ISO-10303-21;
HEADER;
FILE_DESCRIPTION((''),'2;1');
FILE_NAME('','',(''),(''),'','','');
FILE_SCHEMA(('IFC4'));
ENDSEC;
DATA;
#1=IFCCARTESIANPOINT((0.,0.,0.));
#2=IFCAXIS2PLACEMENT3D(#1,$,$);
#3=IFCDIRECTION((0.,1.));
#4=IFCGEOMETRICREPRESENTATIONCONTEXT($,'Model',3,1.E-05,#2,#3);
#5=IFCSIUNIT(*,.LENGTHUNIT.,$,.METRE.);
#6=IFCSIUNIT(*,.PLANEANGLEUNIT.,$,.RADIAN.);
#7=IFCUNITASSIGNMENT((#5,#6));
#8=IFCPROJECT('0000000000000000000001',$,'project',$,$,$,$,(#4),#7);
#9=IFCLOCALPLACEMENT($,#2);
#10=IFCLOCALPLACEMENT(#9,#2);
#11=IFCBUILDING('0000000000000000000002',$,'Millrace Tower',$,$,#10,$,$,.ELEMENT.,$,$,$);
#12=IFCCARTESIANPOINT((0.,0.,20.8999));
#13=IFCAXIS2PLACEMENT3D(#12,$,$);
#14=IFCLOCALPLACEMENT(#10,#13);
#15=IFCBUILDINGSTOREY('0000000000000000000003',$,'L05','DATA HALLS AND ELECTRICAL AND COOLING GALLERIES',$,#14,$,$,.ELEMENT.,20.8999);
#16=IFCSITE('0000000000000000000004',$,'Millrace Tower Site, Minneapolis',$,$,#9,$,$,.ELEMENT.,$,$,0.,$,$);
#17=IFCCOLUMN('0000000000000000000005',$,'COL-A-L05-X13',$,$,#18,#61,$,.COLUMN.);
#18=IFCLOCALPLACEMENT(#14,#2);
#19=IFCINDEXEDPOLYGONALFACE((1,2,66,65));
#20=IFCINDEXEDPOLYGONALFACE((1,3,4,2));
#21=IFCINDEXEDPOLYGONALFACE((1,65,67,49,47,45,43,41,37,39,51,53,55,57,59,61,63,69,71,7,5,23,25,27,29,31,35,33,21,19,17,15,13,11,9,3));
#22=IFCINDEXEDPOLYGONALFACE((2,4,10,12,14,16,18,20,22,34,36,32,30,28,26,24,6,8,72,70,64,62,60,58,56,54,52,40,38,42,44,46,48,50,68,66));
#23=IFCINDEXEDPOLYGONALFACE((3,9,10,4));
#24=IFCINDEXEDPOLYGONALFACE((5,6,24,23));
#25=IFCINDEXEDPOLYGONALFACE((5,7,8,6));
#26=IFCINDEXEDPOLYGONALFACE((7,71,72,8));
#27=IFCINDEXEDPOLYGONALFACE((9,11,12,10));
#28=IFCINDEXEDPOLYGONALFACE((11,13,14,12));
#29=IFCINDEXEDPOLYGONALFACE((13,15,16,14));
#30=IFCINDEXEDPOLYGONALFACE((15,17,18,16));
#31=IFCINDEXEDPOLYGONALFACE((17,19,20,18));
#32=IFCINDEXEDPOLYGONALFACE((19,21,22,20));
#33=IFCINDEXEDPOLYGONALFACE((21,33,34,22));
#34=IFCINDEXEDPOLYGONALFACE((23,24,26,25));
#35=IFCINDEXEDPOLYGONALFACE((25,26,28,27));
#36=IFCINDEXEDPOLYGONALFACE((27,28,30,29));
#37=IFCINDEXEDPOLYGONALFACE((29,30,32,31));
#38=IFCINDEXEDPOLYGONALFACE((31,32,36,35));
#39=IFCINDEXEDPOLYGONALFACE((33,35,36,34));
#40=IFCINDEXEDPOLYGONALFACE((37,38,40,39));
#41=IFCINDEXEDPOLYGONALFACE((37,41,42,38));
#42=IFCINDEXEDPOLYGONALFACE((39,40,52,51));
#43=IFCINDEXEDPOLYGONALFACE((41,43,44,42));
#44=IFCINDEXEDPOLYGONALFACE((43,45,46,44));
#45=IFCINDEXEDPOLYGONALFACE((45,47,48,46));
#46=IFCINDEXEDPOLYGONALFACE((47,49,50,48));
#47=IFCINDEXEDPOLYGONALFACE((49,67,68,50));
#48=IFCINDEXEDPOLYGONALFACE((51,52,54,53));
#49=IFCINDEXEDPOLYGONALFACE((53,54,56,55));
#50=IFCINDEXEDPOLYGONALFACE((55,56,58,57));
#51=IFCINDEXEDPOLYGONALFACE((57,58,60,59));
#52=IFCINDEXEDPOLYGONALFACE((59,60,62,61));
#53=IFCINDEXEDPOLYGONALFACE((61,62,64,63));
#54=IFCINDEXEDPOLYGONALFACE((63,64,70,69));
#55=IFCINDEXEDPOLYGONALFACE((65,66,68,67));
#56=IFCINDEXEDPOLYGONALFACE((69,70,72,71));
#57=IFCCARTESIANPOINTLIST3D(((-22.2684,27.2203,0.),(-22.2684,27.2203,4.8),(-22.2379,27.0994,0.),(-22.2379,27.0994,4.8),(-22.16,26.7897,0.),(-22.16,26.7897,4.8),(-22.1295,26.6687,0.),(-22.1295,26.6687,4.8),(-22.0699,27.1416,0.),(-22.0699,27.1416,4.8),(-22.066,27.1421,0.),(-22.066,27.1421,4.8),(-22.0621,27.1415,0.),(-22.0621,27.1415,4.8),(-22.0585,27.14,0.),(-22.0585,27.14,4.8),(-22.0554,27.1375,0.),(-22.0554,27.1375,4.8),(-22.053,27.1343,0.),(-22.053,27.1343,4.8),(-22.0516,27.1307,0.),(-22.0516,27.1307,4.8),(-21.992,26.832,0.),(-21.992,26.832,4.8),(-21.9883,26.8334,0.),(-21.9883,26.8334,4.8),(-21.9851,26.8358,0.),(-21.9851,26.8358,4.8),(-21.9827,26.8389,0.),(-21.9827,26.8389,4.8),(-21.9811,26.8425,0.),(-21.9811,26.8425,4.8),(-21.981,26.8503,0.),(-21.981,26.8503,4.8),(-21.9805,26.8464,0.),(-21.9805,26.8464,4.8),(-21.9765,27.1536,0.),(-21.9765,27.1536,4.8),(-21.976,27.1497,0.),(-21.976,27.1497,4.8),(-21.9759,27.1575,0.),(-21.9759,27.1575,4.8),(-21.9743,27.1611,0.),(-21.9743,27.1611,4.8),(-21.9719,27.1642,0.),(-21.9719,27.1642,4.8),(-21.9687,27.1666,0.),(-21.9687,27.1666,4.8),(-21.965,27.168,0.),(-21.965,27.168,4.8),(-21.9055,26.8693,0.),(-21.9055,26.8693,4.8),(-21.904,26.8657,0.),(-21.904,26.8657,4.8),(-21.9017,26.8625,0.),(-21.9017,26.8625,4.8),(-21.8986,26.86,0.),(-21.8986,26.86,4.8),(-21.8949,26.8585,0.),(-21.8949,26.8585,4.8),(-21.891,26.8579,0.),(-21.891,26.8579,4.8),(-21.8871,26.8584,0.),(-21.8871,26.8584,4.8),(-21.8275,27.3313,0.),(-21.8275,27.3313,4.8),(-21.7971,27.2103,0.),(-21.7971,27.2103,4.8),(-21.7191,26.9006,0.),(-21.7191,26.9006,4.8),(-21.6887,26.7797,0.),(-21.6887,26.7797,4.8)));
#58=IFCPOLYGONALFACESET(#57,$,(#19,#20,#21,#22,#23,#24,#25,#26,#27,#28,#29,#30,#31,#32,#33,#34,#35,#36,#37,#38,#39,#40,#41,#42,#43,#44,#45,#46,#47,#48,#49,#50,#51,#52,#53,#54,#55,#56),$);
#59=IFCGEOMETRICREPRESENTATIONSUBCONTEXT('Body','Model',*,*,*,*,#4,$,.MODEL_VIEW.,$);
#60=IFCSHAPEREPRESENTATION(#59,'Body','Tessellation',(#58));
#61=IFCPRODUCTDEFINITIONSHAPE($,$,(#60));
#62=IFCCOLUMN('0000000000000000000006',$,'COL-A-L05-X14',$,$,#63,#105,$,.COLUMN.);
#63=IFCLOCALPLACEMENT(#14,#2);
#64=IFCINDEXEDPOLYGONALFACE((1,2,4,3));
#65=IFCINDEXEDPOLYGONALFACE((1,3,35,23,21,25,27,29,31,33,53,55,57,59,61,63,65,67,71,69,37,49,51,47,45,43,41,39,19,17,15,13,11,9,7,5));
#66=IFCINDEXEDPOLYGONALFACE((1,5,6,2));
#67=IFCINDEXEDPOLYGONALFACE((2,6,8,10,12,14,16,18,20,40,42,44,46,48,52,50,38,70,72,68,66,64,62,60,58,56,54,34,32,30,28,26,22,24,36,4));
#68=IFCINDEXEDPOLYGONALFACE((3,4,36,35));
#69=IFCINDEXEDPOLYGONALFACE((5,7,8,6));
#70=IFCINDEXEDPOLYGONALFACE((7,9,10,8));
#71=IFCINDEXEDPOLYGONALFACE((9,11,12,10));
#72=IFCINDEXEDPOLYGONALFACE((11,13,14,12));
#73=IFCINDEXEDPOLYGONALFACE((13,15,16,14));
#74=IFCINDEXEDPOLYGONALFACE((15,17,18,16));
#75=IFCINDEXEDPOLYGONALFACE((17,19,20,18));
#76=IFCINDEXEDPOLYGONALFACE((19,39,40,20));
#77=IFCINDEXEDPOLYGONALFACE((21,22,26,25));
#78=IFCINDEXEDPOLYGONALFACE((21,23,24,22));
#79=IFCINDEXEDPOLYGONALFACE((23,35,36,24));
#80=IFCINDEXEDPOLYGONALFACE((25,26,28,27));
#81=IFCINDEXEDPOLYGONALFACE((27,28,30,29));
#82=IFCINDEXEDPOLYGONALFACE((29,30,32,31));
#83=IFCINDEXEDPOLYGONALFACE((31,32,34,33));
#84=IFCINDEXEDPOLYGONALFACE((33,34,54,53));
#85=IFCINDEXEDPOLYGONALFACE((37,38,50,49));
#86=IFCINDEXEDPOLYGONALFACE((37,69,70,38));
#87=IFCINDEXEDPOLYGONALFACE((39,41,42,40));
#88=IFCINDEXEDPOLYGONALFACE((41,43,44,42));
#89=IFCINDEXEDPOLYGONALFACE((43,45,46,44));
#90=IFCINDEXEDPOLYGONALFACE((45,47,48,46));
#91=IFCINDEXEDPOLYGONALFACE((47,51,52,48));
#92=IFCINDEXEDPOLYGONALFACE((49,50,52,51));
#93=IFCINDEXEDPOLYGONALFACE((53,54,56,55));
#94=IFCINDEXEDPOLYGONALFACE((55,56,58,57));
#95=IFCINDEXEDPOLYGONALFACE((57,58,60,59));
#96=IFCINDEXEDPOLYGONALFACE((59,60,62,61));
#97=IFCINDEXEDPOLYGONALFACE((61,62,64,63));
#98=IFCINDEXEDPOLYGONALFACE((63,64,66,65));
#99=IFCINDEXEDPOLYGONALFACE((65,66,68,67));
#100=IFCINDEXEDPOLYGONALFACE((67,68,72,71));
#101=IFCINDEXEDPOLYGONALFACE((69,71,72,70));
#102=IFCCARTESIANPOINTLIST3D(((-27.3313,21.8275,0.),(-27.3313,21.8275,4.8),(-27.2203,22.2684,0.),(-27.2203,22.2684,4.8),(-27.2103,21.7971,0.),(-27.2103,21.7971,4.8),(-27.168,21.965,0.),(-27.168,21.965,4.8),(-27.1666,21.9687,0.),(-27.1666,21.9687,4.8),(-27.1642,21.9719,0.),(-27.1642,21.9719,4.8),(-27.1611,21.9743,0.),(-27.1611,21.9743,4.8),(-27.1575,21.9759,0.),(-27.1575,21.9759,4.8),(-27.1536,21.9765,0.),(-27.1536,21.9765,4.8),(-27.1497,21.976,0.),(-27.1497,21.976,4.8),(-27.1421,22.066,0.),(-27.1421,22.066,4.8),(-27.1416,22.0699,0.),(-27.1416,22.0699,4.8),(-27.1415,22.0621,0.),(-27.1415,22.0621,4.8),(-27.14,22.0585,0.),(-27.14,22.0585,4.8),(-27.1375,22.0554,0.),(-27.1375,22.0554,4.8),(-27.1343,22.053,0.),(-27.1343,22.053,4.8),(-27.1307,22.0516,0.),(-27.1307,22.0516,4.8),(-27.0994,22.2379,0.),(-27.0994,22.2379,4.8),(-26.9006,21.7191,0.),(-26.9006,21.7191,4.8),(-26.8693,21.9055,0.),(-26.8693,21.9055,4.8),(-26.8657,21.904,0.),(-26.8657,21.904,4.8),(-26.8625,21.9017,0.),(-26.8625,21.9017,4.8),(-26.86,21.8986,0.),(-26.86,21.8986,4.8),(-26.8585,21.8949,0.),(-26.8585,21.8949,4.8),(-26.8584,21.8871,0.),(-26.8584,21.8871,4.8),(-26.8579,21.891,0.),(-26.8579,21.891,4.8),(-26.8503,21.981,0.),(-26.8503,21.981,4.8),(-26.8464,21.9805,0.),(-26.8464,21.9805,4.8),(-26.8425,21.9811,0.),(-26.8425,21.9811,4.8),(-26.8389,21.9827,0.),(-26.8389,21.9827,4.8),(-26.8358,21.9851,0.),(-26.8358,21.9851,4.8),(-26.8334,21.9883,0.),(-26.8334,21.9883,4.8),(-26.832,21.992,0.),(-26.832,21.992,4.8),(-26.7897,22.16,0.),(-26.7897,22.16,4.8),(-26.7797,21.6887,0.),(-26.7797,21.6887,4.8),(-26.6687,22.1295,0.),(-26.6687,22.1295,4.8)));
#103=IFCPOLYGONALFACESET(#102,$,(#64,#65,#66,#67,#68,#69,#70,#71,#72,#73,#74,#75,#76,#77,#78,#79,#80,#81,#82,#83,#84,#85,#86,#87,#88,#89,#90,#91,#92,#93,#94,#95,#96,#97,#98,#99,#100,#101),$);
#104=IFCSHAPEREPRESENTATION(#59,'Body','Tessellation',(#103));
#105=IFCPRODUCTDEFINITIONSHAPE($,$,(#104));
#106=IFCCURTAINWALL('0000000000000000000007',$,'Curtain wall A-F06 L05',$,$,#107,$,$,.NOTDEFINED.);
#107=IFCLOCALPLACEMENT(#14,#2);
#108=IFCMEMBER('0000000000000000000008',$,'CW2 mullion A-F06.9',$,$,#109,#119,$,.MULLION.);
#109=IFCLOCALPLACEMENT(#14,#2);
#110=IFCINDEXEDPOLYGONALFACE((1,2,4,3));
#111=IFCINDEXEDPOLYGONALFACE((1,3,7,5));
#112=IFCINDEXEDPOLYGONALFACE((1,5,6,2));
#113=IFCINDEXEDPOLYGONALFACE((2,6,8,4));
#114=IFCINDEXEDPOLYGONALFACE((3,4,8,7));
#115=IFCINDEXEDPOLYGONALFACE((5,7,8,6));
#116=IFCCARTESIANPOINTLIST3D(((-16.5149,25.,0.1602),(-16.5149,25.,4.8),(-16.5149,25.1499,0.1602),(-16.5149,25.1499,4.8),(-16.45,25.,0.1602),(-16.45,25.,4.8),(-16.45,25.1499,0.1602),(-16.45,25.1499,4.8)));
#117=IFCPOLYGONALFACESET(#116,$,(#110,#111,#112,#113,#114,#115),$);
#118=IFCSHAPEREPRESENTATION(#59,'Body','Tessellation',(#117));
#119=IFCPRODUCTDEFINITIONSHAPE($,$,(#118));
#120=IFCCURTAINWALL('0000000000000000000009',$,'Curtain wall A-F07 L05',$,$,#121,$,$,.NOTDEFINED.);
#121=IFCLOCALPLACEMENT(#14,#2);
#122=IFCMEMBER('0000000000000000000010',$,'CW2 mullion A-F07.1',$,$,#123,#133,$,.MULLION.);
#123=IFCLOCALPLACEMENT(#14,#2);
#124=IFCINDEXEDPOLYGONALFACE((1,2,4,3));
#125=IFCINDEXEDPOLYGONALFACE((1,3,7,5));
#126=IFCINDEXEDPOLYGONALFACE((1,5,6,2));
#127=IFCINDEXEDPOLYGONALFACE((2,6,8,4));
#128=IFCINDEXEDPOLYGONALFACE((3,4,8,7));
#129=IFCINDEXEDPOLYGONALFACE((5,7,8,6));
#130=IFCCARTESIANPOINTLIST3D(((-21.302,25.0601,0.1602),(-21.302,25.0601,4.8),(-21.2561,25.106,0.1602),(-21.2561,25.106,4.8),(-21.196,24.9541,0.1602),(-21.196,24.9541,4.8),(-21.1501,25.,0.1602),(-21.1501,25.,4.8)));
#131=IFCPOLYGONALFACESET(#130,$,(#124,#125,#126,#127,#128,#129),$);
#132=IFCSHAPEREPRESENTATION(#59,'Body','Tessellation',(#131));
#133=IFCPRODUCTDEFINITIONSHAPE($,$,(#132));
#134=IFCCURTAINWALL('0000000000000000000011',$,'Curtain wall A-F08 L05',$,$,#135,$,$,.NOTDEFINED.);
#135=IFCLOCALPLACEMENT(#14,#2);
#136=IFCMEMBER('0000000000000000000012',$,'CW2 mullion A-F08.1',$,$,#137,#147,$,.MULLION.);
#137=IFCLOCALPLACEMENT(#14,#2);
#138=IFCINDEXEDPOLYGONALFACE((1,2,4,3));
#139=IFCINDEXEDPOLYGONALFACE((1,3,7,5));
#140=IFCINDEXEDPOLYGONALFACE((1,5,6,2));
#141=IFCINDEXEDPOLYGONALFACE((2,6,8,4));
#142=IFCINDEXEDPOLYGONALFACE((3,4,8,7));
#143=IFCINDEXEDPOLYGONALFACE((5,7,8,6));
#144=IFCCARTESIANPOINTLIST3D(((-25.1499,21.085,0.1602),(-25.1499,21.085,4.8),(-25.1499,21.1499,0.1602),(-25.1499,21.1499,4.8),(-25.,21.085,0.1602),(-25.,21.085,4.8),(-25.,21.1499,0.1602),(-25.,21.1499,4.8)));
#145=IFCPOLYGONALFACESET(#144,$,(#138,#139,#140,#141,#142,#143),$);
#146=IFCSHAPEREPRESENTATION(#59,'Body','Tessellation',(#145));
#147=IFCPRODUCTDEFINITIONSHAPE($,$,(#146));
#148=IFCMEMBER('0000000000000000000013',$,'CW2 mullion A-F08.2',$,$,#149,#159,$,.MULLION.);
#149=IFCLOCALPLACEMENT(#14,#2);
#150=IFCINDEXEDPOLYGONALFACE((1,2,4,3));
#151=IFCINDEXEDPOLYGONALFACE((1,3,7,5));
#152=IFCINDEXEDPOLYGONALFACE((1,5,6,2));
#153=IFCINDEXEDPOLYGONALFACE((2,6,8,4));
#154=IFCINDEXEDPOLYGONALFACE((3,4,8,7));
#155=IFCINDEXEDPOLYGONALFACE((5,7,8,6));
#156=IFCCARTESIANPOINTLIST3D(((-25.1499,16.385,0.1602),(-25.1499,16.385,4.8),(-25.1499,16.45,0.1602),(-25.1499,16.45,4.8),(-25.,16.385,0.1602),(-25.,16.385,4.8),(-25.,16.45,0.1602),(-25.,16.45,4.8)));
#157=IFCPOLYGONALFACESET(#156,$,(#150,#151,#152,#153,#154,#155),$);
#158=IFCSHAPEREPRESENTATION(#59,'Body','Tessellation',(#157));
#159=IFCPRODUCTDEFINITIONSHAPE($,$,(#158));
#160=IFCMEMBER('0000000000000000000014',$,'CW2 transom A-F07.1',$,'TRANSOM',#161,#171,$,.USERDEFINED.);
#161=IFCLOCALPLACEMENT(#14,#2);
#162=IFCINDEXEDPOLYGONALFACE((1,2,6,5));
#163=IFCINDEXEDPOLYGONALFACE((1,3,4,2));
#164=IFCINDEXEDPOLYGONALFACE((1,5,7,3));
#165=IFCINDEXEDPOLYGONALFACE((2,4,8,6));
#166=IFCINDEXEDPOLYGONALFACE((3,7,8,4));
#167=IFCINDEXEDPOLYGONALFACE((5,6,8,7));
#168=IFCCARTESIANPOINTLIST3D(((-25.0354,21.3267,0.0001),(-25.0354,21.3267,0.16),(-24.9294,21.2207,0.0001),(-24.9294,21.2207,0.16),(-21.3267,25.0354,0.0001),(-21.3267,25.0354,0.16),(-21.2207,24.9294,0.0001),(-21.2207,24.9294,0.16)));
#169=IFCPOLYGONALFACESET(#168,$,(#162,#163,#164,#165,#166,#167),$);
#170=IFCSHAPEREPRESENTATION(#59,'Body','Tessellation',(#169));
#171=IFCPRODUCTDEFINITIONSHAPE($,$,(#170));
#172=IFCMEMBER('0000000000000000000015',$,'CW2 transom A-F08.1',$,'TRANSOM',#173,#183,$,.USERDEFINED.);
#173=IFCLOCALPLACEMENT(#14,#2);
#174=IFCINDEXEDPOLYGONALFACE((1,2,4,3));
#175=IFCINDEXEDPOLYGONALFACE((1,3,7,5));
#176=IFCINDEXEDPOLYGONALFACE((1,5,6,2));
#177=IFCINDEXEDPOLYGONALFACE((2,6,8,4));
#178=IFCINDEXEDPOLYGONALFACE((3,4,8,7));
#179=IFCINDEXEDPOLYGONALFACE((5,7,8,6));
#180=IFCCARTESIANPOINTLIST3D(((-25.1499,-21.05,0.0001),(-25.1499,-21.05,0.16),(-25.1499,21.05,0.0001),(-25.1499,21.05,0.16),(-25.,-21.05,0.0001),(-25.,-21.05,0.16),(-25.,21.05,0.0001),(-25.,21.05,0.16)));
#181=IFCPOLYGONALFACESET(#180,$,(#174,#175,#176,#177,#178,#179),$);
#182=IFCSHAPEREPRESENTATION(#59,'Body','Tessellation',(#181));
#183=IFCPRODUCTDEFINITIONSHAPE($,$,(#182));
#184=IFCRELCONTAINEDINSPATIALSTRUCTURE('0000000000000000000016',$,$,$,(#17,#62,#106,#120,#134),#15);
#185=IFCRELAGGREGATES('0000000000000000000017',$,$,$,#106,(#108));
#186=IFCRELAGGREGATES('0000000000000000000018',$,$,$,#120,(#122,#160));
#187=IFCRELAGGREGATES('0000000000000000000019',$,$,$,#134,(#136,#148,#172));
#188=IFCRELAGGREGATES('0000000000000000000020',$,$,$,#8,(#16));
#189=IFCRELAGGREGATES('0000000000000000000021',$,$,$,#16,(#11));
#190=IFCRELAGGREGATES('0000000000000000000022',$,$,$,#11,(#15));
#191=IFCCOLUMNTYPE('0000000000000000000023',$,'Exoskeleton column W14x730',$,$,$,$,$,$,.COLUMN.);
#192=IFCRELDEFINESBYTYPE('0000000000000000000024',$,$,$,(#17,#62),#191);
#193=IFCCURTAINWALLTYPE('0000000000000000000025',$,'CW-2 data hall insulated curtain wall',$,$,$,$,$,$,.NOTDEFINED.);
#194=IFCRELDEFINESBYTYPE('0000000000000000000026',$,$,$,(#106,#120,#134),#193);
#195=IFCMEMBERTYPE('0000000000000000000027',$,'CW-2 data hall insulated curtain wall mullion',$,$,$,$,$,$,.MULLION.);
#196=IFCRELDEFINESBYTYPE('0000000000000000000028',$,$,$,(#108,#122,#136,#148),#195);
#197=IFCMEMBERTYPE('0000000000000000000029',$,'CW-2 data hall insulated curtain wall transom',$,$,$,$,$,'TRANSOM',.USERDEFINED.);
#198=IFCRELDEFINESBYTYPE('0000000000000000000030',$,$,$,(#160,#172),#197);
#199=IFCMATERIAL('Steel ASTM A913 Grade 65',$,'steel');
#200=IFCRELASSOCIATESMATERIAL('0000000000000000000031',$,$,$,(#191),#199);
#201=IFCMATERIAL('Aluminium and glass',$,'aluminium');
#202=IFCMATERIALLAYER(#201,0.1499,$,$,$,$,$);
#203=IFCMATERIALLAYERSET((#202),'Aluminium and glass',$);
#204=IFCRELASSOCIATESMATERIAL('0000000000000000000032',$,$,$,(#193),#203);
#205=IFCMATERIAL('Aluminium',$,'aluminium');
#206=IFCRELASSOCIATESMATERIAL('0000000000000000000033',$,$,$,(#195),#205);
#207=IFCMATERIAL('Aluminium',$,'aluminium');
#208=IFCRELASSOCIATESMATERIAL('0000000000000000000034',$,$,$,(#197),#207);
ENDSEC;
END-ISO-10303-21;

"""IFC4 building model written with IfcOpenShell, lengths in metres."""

from ifc_helpers import new_model, si_unit, direction, frame, origin, origin_2d, place, context, subcontext, project, spatial, rectangle, i_section, extrude, material, layer, layer_set, material_profile, profile_set, type_object, element, aggregate, save


model = new_model("IFC4")

# Units and contexts
model_context = context("Model", 3, precision=1e-05, world=origin(), true_north=direction((0.0, 1.0)))
body_context = subcontext(model_context, "Body", "Model", "MODEL_VIEW")
ifc_project = project(units=[si_unit("LENGTHUNIT", "METRE"), si_unit("PLANEANGLEUNIT", "RADIAN")], contexts=[model_context])

# Site, building, storey
site_placement = place(None, origin())
site = spatial("IfcSite", under=ifc_project, at=site_placement, Name="Millrace Tower Site, Minneapolis", CompositionType="ELEMENT", RefElevation=0.0)
building_placement = place(site_placement, origin())
building = spatial("IfcBuilding", under=site, at=building_placement, Name="Millrace Tower", CompositionType="ELEMENT")
storey_placement = place(building_placement, frame((0.0, 0.0, 20.8999)))
storey = spatial("IfcBuildingStorey", under=building, at=storey_placement, Name="L05", Description="DATA HALLS AND ELECTRICAL AND COOLING GALLERIES", CompositionType="ELEMENT", Elevation=20.8999)

# Columns
ifc_material_1 = material(Name="Steel ASTM A913 Grade 65", Category="steel")
ifc_material_profile_1 = material_profile(ifc_material_1, i_section(OverallWidth=0.4546, OverallDepth=0.5688, WebThickness=0.0779, FlangeThickness=0.1248, FilletRadius=0.0151, at=origin_2d()))
ifc_profile_set_1 = profile_set([ifc_material_profile_1], Name="Steel ASTM A913 Grade 65")
column_type = type_object("IfcColumnType", Name="Exoskeleton column W14x730", PredefinedType="COLUMN", material=ifc_profile_set_1)
for number, where, z_axis, x_axis, name in (
    (1, (-21.9785, 27.0, 0.0), (0.0, 0.0, 1.0), (-0.969752, -0.244094, 0.0), "COL-A-L05-X13"),
    (2, (-27.0, 21.9785, 0.0), (0.0, 0.0, 1.0), (-0.244094, -0.969752, 0.0), "COL-A-L05-X14"),
):
    element("IfcColumn", number, at=place(storey_placement, frame(where, z_axis=z_axis, x_axis=x_axis)), inside=storey, type_object=column_type, Name=name, PredefinedType="COLUMN", context=body_context, shape_type="SweptSolid", body=[
        extrude(i_section(OverallWidth=0.4546, OverallDepth=0.5688, WebThickness=0.0779, FlangeThickness=0.1248, FilletRadius=0.0151, at=origin_2d()), origin(), (0.0, 0.0, 1.0), 4.8),
    ])

# Curtain walls, members
ifc_material_2 = material(Name="Aluminium and glass", Category="aluminium")
ifc_layer_1 = layer(ifc_material_2, 0.1499)
ifc_layer_set_1 = layer_set([ifc_layer_1], Name="Aluminium and glass")
curtain_wall_type = type_object("IfcCurtainWallType", Name="CW-2 data hall insulated curtain wall", PredefinedType="NOTDEFINED", material=ifc_layer_set_1)
placement = place(storey_placement, origin())
curtain_wall_1 = element("IfcCurtainWall", 3, at=placement, inside=storey, type_object=curtain_wall_type, Name="Curtain wall A-F06 L05", PredefinedType="NOTDEFINED")
ifc_material_3 = material(Name="Aluminium", Category="aluminium")
ifc_material_profile_2 = material_profile(ifc_material_3, rectangle(XDim=0.0649, YDim=0.1499, at=origin_2d()))
ifc_profile_set_2 = profile_set([ifc_material_profile_2], Name="Aluminium")
member_type_1 = type_object("IfcMemberType", Name="CW-2 data hall insulated curtain wall mullion", PredefinedType="MULLION", material=ifc_profile_set_2)
member_1_placement = place(storey_placement, frame((-16.4824, 25.075, 0.1602), z_axis=(0.0, 0.0, 1.0), x_axis=(-1.0, 0.0, 0.0)))
member_1 = element("IfcMember", 4, at=member_1_placement, type_object=member_type_1, Name="CW2 mullion A-F06.9", PredefinedType="MULLION", context=body_context, shape_type="SweptSolid", body=[
    extrude(rectangle(XDim=0.0649, YDim=0.1499, at=origin_2d()), origin(), (0.0, 0.0, 1.0), 4.6399),
])
aggregate(curtain_wall_1, [member_1])
curtain_wall_2 = element("IfcCurtainWall", 5, at=placement, inside=storey, type_object=curtain_wall_type, Name="Curtain wall A-F07 L05", PredefinedType="NOTDEFINED")
member_2_placement = place(storey_placement, frame((-21.2261, 25.03, 0.1602), z_axis=(0.0, 0.0, 1.0), x_axis=(-0.707107, -0.707107, 0.0)))
member_2 = element("IfcMember", 6, at=member_2_placement, type_object=member_type_1, Name="CW2 mullion A-F07.1", PredefinedType="MULLION", context=body_context, shape_type="SweptSolid", body=[
    extrude(rectangle(XDim=0.0649, YDim=0.1499, at=origin_2d()), origin(), (0.0, 0.0, 1.0), 4.6399),
])

# Curtain wall, members
curtain_wall_3 = element("IfcCurtainWall", 7, at=placement, inside=storey, type_object=curtain_wall_type, Name="Curtain wall A-F08 L05", PredefinedType="NOTDEFINED")
member_3_placement = place(storey_placement, frame((-25.075, 21.1174, 0.1602), z_axis=(0.0, 0.0, 1.0), x_axis=(0.0, -1.0, 0.0)))
member_3 = element("IfcMember", 8, at=member_3_placement, type_object=member_type_1, Name="CW2 mullion A-F08.1", PredefinedType="MULLION", context=body_context, shape_type="SweptSolid", body=[
    extrude(rectangle(XDim=0.0649, YDim=0.1499, at=origin_2d()), origin(), (0.0, 0.0, 1.0), 4.6399),
])
member_4_placement = place(storey_placement, frame((-25.075, 16.4175, 0.1602), z_axis=(0.0, 0.0, 1.0), x_axis=(0.0, -1.0, 0.0)))
member_4 = element("IfcMember", 9, at=member_4_placement, type_object=member_type_1, Name="CW2 mullion A-F08.2", PredefinedType="MULLION", context=body_context, shape_type="SweptSolid", body=[
    extrude(rectangle(XDim=0.0649, YDim=0.1499, at=origin_2d()), origin(), (0.0, 0.0, 1.0), 4.6399),
])

# Members
ifc_material_4 = material(Name="Aluminium", Category="aluminium")
ifc_material_profile_3 = material_profile(ifc_material_4, rectangle(XDim=0.1499, YDim=0.1599, at=origin_2d()))
ifc_profile_set_3 = profile_set([ifc_material_profile_3], Name="Aluminium")
member_type_2 = type_object("IfcMemberType", Name="CW-2 data hall insulated curtain wall transom", ElementType="TRANSOM", PredefinedType="USERDEFINED", material=ifc_profile_set_3)
member_5_placement = place(storey_placement, frame((-21.2737, 24.9824, 0.0801), z_axis=(-0.707107, -0.707107, 0.0), x_axis=(0.707107, -0.707107, 0.0)))
member_5 = element("IfcMember", 10, at=member_5_placement, type_object=member_type_2, Name="CW2 transom A-F07.1", ObjectType="TRANSOM", PredefinedType="USERDEFINED", context=body_context, shape_type="SweptSolid", body=[
    extrude(rectangle(XDim=0.1499, YDim=0.1599, at=origin_2d()), origin(), (0.0, 0.0, 1.0), 5.2449),
])
aggregate(curtain_wall_2, [member_2, member_5])
member_6_placement = place(storey_placement, frame((-25.075, 21.05, 0.0801), z_axis=(0.0, -1.0, 0.0), x_axis=(1.0, 0.0, 0.0)))
member_6 = element("IfcMember", 11, at=member_6_placement, type_object=member_type_2, Name="CW2 transom A-F08.1", ObjectType="TRANSOM", PredefinedType="USERDEFINED", context=body_context, shape_type="SweptSolid", body=[
    extrude(rectangle(XDim=0.1499, YDim=0.1599, at=origin_2d()), origin(), (0.0, 0.0, 1.0), 42.1001),
])
aggregate(curtain_wall_3, [member_3, member_4, member_6])

save(model, "model.ifc")
